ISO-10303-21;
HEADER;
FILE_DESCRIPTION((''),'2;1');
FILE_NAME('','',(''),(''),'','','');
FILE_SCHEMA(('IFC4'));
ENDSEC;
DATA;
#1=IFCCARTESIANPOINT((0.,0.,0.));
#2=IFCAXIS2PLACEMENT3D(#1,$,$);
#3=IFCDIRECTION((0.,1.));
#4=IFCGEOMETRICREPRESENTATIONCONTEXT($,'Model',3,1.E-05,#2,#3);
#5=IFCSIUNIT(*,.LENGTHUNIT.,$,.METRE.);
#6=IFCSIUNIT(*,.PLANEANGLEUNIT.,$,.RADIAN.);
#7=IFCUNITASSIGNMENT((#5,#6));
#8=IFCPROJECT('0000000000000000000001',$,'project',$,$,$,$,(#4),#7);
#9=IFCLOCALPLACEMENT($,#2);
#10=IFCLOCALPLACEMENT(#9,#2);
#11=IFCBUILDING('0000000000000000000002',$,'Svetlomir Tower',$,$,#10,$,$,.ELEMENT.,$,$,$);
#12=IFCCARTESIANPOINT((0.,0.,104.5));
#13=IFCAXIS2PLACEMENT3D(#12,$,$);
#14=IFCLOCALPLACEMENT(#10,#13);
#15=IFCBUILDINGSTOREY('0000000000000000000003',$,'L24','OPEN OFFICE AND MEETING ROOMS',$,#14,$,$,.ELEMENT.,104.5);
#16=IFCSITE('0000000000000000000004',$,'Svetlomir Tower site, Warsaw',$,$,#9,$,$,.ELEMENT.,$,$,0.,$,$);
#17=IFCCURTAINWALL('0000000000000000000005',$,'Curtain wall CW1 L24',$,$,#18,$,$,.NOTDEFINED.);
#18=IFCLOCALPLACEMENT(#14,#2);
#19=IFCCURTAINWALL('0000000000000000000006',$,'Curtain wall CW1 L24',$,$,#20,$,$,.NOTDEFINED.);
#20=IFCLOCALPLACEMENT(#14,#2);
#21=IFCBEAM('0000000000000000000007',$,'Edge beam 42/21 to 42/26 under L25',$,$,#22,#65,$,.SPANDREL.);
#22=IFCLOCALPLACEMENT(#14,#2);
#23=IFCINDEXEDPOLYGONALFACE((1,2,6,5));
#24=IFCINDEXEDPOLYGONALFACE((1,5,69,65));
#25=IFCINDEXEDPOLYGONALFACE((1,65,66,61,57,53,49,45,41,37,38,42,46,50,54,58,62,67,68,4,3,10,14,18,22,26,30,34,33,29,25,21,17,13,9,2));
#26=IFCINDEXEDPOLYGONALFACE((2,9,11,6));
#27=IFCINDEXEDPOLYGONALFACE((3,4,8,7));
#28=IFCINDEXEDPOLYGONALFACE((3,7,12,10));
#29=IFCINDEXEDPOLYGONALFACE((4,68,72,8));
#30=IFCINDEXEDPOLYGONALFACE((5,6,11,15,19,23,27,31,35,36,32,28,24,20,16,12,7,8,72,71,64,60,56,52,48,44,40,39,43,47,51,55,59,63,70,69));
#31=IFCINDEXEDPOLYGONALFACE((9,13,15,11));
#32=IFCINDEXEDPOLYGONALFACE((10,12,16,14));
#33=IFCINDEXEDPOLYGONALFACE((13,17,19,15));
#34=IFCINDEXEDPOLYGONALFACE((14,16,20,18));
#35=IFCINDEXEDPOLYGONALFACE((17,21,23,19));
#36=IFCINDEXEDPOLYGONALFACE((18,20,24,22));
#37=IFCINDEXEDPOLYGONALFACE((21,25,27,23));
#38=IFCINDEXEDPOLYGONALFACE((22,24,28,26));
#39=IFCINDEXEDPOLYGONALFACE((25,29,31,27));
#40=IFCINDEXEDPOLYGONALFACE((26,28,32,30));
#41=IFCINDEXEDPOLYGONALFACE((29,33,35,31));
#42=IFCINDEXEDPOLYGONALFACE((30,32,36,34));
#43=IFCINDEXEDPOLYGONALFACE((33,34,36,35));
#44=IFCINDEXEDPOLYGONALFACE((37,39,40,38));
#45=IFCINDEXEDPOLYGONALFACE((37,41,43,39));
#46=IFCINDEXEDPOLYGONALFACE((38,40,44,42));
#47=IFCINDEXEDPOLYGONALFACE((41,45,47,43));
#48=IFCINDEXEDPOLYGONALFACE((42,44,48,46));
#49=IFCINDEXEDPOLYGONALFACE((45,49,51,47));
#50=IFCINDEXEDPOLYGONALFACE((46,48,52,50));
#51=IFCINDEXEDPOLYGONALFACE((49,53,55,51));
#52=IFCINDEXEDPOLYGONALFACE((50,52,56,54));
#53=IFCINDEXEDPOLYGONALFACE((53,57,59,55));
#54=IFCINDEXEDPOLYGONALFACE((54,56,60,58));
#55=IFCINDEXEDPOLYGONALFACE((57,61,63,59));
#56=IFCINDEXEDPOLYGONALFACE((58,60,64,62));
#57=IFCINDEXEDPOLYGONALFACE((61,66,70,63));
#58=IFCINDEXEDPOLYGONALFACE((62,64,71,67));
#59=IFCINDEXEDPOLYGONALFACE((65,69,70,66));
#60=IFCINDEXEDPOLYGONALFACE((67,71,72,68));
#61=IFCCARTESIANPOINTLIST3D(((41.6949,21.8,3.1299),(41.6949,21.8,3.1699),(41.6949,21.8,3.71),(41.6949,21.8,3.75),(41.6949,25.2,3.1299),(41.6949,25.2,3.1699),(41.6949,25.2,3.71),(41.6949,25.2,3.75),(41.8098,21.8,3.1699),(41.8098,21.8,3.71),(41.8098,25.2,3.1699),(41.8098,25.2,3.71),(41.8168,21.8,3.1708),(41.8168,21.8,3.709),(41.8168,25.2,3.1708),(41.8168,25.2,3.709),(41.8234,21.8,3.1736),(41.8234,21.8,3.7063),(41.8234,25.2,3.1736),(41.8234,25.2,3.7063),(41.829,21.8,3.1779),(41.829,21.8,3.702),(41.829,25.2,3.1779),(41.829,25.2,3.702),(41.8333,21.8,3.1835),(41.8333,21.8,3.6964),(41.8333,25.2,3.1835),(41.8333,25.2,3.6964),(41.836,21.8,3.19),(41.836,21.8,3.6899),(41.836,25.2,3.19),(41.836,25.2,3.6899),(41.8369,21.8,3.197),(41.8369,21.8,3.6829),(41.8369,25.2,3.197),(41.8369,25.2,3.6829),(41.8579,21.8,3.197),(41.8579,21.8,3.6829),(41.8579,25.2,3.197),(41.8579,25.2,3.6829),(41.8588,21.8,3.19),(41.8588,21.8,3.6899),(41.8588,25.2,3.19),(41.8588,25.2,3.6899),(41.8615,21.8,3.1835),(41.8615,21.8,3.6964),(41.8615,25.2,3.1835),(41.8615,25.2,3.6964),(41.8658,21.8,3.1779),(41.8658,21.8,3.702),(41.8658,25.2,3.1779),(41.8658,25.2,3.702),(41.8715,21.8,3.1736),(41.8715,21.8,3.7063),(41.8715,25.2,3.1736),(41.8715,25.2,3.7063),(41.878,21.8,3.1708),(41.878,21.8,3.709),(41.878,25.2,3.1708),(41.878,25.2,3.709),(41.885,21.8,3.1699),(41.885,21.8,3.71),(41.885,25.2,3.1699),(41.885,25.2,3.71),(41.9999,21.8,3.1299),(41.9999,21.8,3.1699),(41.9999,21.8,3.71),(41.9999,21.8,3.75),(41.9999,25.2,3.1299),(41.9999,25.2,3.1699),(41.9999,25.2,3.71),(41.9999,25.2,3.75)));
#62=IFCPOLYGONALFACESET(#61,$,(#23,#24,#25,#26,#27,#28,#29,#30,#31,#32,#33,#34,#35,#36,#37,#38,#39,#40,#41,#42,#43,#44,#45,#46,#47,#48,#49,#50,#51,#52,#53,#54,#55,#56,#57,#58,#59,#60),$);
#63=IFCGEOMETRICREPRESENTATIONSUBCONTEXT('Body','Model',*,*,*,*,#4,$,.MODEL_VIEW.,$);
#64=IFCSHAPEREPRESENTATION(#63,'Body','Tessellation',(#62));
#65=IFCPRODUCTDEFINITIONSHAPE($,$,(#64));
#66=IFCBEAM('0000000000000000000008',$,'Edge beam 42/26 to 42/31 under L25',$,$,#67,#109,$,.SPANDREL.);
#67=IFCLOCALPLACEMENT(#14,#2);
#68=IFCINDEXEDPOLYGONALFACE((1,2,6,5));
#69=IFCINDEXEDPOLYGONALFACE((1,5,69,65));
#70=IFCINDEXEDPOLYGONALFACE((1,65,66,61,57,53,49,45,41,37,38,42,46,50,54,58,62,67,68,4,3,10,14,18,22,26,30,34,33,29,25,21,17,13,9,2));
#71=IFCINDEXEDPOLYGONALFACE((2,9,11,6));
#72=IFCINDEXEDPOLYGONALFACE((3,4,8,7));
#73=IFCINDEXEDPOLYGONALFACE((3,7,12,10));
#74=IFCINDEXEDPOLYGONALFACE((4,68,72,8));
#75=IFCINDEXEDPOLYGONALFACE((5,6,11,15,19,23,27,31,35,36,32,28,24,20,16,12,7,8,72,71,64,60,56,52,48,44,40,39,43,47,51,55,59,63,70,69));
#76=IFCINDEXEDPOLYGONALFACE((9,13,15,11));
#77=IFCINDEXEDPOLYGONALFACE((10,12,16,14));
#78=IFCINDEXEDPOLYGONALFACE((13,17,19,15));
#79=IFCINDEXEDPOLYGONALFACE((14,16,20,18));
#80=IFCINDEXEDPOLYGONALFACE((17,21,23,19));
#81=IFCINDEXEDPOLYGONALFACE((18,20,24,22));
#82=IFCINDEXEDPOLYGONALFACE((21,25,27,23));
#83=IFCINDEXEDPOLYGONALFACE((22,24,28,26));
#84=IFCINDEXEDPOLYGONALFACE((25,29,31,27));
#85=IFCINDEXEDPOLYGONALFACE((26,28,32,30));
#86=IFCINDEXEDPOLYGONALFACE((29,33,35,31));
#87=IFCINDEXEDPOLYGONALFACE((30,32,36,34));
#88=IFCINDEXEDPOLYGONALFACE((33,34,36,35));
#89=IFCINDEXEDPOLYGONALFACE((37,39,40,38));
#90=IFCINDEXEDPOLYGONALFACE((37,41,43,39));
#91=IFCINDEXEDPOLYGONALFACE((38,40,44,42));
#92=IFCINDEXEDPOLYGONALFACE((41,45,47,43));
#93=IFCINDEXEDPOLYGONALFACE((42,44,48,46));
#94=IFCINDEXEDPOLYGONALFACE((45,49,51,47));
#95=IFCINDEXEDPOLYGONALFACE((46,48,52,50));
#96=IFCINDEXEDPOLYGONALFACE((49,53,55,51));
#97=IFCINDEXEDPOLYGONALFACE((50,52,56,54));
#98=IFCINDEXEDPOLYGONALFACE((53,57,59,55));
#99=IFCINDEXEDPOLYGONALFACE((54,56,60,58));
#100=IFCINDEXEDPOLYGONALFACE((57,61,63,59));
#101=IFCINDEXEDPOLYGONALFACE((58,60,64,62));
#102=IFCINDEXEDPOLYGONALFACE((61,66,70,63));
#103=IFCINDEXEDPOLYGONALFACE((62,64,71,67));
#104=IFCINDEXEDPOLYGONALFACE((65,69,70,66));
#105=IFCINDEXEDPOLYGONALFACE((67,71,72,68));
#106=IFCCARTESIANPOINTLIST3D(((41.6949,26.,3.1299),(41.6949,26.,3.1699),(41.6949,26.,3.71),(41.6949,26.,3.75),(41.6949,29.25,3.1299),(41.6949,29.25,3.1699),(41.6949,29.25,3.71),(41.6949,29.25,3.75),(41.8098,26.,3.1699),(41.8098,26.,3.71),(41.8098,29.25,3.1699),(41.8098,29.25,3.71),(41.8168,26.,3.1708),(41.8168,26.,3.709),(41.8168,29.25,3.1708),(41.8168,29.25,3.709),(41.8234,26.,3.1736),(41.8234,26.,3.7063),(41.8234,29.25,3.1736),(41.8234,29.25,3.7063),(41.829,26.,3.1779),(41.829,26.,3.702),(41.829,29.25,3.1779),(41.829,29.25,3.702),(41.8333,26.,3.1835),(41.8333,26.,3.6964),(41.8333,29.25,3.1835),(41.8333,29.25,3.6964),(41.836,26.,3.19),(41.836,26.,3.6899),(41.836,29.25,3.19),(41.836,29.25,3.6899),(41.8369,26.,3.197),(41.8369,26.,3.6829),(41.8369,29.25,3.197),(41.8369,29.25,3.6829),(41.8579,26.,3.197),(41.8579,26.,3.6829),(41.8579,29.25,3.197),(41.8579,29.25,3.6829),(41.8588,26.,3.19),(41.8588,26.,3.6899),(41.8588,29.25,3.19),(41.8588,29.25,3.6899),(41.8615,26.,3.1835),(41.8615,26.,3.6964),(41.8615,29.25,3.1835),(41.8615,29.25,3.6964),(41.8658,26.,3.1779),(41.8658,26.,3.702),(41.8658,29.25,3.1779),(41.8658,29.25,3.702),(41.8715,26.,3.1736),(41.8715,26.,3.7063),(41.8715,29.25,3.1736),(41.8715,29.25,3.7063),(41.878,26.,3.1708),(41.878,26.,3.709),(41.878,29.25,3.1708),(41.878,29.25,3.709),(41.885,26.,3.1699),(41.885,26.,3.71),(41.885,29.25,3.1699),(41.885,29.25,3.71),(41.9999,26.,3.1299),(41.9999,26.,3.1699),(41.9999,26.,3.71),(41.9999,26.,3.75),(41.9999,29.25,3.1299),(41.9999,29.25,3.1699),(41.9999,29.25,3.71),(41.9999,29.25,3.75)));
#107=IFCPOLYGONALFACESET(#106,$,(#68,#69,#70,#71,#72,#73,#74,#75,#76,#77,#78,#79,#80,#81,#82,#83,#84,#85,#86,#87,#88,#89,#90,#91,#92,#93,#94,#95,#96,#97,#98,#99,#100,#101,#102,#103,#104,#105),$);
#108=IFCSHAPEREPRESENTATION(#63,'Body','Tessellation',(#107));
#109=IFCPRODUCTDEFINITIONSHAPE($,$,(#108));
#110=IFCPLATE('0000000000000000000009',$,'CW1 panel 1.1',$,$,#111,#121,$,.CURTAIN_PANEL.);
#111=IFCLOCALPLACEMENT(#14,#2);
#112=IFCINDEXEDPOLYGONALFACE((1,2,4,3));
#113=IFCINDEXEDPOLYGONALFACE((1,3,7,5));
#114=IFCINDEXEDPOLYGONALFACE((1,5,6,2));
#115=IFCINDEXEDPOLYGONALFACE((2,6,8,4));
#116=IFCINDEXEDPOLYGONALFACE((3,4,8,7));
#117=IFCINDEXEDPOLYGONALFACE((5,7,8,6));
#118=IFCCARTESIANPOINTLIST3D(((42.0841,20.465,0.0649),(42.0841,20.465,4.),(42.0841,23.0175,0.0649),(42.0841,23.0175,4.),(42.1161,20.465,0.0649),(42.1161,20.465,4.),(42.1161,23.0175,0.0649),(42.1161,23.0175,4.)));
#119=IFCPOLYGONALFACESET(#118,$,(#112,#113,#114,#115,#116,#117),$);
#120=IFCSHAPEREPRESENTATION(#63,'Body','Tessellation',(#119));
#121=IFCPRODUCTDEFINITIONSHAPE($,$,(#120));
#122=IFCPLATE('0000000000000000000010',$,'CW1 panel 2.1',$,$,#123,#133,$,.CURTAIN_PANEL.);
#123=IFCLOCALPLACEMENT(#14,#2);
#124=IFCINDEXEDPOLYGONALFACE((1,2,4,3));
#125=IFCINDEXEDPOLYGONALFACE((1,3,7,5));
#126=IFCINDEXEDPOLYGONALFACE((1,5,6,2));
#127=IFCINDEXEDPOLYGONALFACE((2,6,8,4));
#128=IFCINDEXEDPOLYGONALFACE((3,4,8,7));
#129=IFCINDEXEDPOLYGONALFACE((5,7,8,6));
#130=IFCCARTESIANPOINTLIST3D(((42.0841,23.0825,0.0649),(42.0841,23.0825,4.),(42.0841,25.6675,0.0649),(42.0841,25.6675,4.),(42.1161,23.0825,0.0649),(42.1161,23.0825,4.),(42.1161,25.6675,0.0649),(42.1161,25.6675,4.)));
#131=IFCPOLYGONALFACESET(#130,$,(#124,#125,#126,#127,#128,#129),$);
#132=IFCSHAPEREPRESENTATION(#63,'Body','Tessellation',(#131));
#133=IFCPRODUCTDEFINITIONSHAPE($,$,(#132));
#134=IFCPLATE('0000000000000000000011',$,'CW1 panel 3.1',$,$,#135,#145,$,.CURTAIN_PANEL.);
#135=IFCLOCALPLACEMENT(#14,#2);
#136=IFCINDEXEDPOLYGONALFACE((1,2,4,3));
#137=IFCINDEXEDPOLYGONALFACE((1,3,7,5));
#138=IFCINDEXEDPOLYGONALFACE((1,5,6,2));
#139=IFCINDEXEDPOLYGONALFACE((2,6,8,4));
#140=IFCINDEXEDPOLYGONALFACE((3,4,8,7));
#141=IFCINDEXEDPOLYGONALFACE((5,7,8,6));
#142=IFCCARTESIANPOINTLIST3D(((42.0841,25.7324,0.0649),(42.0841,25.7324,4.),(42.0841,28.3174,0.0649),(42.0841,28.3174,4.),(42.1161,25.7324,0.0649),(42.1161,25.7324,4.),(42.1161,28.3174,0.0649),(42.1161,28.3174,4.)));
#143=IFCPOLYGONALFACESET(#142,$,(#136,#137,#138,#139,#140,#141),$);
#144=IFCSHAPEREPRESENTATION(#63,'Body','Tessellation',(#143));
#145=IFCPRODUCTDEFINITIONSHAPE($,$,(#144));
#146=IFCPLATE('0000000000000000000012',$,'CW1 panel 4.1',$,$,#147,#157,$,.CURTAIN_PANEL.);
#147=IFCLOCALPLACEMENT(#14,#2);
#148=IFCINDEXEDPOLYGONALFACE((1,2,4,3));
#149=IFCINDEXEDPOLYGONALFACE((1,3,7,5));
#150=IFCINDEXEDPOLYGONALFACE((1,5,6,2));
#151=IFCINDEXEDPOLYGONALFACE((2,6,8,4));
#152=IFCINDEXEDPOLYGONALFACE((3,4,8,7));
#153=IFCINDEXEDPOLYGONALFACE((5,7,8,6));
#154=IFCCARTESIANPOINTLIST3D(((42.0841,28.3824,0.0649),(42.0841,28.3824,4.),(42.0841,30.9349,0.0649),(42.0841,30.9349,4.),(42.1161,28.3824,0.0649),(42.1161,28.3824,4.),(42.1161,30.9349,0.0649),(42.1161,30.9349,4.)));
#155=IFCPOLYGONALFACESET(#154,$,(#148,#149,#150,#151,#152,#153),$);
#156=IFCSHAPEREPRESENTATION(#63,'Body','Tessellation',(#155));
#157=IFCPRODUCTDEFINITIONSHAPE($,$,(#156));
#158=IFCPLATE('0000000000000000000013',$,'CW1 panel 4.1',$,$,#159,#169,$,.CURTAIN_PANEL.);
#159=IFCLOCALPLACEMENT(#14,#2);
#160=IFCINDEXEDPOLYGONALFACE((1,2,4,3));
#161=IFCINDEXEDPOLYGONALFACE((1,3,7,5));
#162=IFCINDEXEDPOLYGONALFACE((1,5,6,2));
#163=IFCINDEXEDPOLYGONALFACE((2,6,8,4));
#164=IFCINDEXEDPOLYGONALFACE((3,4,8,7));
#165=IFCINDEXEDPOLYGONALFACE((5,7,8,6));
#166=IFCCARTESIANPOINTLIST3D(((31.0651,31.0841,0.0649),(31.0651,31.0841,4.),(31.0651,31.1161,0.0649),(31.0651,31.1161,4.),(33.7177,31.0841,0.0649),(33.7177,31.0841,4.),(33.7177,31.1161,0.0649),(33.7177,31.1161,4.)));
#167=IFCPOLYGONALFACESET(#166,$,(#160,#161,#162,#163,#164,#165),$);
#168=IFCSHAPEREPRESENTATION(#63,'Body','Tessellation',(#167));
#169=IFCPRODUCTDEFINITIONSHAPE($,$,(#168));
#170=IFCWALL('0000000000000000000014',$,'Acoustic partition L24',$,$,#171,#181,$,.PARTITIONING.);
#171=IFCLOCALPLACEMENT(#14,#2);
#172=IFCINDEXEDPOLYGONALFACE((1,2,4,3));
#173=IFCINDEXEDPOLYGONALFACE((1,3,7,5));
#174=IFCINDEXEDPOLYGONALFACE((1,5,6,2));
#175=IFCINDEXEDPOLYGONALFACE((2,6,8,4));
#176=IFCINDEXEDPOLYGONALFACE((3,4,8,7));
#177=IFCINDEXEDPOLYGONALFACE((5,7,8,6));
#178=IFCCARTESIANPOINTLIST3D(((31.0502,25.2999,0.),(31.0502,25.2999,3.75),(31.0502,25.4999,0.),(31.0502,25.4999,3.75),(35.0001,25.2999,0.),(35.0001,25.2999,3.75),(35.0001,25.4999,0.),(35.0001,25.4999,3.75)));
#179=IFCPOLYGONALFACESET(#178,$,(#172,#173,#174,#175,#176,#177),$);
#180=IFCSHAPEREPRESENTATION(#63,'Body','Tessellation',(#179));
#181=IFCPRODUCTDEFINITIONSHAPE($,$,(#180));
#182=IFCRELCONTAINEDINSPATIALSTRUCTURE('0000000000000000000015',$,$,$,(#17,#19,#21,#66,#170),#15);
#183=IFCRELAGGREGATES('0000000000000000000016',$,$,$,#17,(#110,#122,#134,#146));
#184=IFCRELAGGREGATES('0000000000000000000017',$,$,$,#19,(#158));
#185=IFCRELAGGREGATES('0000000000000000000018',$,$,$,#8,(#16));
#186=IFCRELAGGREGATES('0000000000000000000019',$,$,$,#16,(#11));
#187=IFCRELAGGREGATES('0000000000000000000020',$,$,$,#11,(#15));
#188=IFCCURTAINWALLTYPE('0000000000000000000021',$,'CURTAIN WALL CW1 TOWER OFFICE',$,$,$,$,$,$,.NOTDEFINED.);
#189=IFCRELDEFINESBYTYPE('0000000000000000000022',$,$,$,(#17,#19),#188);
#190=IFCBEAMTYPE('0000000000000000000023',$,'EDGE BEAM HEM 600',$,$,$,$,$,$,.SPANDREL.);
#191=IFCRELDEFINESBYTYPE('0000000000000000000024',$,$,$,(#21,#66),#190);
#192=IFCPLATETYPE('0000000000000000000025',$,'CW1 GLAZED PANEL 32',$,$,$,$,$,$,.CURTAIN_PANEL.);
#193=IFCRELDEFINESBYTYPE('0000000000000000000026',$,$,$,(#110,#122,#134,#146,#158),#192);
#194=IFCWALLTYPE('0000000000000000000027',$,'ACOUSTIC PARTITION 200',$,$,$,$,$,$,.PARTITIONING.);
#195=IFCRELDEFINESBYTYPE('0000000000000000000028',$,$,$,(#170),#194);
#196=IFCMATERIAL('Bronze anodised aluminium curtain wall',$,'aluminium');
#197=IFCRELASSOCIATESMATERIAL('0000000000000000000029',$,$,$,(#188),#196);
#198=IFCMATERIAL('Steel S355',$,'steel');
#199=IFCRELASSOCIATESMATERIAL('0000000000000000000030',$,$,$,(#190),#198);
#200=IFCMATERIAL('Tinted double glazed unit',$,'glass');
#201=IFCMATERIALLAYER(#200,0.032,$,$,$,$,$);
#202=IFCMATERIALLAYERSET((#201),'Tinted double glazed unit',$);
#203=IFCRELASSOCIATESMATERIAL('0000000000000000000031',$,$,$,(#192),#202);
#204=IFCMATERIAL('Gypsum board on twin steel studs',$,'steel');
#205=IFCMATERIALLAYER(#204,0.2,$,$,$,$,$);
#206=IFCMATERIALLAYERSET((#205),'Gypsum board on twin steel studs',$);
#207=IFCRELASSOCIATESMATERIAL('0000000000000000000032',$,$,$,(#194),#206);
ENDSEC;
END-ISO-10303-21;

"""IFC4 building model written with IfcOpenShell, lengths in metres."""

from ifc_helpers import new_model, si_unit, direction, frame, frame_2d, origin, origin_2d, place, context, subcontext, project, spatial, rectangle, i_section, extrude, material, layer, layer_set, material_profile, profile_set, type_object, element, aggregate, save


model = new_model("IFC4")

# Units and contexts
model_context = context("Model", 3, precision=1e-05, world=origin(), true_north=direction((0.0, 1.0)))
body_context = subcontext(model_context, "Body", "Model", "MODEL_VIEW")
ifc_project = project(units=[si_unit("LENGTHUNIT", "METRE"), si_unit("PLANEANGLEUNIT", "RADIAN")], contexts=[model_context])

# Site, building, storey
site_placement = place(None, origin())
site = spatial("IfcSite", under=ifc_project, at=site_placement, Name="Svetlomir Tower site, Warsaw", CompositionType="ELEMENT", RefElevation=0.0)
building_placement = place(site_placement, origin())
building = spatial("IfcBuilding", under=site, at=building_placement, Name="Svetlomir Tower", CompositionType="ELEMENT")
storey_placement = place(building_placement, frame((0.0, 0.0, 104.5)))
storey = spatial("IfcBuildingStorey", under=building, at=storey_placement, Name="L24", Description="OPEN OFFICE AND MEETING ROOMS", CompositionType="ELEMENT", Elevation=104.5)

# Curtain wall
ifc_material_1 = material(Name="Bronze anodised aluminium curtain wall", Category="aluminium")
curtain_wall_type = type_object("IfcCurtainWallType", Name="CURTAIN WALL CW1 TOWER OFFICE", PredefinedType="NOTDEFINED", material=ifc_material_1)
curtain_wall_1_placement = place(storey_placement, origin())
curtain_wall_1 = element("IfcCurtainWall", 1, at=curtain_wall_1_placement, inside=storey, type_object=curtain_wall_type, Name="Curtain wall CW1 L24", PredefinedType="NOTDEFINED")

# Curtain wall
curtain_wall_2_placement = place(storey_placement, origin())
curtain_wall_2 = element("IfcCurtainWall", 2, at=curtain_wall_2_placement, inside=storey, type_object=curtain_wall_type, Name="Curtain wall CW1 L24", PredefinedType="NOTDEFINED")

# Beams
ifc_material_2 = material(Name="Steel S355", Category="steel")
ifc_material_profile_1 = material_profile(ifc_material_2, i_section(OverallWidth=0.3049, OverallDepth=0.6201, WebThickness=0.021, FlangeThickness=0.04, FilletRadius=0.0271, at=origin_2d()), Name="HEM 600")
ifc_profile_set_1 = profile_set([ifc_material_profile_1], Name="Steel S355")
beam_type = type_object("IfcBeamType", Name="EDGE BEAM HEM 600", PredefinedType="SPANDREL", material=ifc_profile_set_1)
beam_1_placement = place(storey_placement, frame((41.8474, 21.8, 3.4399), z_axis=(0.0, 1.0, 0.0), x_axis=(-1.0, 0.0, 0.0)))
element("IfcBeam", 3, at=beam_1_placement, inside=storey, type_object=beam_type, Name="Edge beam 42/21 to 42/26 under L25", PredefinedType="SPANDREL", context=body_context, shape_type="SweptSolid", body=[
    extrude(i_section(OverallWidth=0.3049, OverallDepth=0.6201, WebThickness=0.021, FlangeThickness=0.04, FilletRadius=0.0271, at=origin_2d()), origin(), (0.0, 0.0, 1.0), 3.3999),
])
beam_2_placement = place(storey_placement, frame((41.8474, 26.0, 3.4399), z_axis=(0.0, 1.0, 0.0), x_axis=(-1.0, 0.0, 0.0)))
element("IfcBeam", 4, at=beam_2_placement, inside=storey, type_object=beam_type, Name="Edge beam 42/26 to 42/31 under L25", PredefinedType="SPANDREL", context=body_context, shape_type="SweptSolid", body=[
    extrude(i_section(OverallWidth=0.3049, OverallDepth=0.6201, WebThickness=0.021, FlangeThickness=0.04, FilletRadius=0.0271, at=origin_2d()), origin(), (0.0, 0.0, 1.0), 3.25),
])

# Plates
ifc_material_3 = material(Name="Tinted double glazed unit", Category="glass")
ifc_layer_1 = layer(ifc_material_3, 0.032)
ifc_layer_set_1 = layer_set([ifc_layer_1], Name="Tinted double glazed unit")
plate_type = type_object("IfcPlateType", Name="CW1 GLAZED PANEL 32", PredefinedType="CURTAIN_PANEL", material=ifc_layer_set_1)
plate_1_placement = place(storey_placement, frame((42.1001, 21.7412, 0.0649), z_axis=(0.0, 0.0, 1.0), x_axis=(0.0, 1.0, 0.0)))
plate_1 = element("IfcPlate", 5, at=plate_1_placement, type_object=plate_type, Name="CW1 panel 1.1", PredefinedType="CURTAIN_PANEL", context=body_context, shape_type="SweptSolid", body=[
    extrude(rectangle(XDim=2.5525, YDim=0.032, at=origin_2d()), origin(), (0.0, 0.0, 1.0), 3.9351),
])
plate_2_placement = place(storey_placement, frame((42.1001, 24.375, 0.0649), z_axis=(0.0, 0.0, 1.0), x_axis=(0.0, 1.0, 0.0)))
plate_2 = element("IfcPlate", 6, at=plate_2_placement, type_object=plate_type, Name="CW1 panel 2.1", PredefinedType="CURTAIN_PANEL", context=body_context, shape_type="SweptSolid", body=[
    extrude(rectangle(XDim=2.585, YDim=0.032, at=origin_2d()), origin(), (0.0, 0.0, 1.0), 3.9351),
])
plate_3_placement = place(storey_placement, frame((42.1001, 27.0249, 0.0649), z_axis=(0.0, 0.0, 1.0), x_axis=(0.0, 1.0, 0.0)))
plate_3 = element("IfcPlate", 7, at=plate_3_placement, type_object=plate_type, Name="CW1 panel 3.1", PredefinedType="CURTAIN_PANEL", context=body_context, shape_type="SweptSolid", body=[
    extrude(rectangle(XDim=2.585, YDim=0.032, at=origin_2d()), origin(), (0.0, 0.0, 1.0), 3.9351),
])
plate_4_placement = place(storey_placement, frame((42.1001, 29.6587, 0.0649), z_axis=(0.0, 0.0, 1.0), x_axis=(0.0, 1.0, 0.0)))
plate_4 = element("IfcPlate", 8, at=plate_4_placement, type_object=plate_type, Name="CW1 panel 4.1", PredefinedType="CURTAIN_PANEL", context=body_context, shape_type="SweptSolid", body=[
    extrude(rectangle(XDim=2.5525, YDim=0.032, at=origin_2d()), origin(), (0.0, 0.0, 1.0), 3.9351),
])
aggregate(curtain_wall_1, [plate_1, plate_2, plate_3, plate_4])
plate_5_placement = place(storey_placement, frame((32.3914, 31.1001, 0.0649), z_axis=(0.0, 0.0, 1.0), x_axis=(-1.0, 0.0, 0.0)))
plate_5 = element("IfcPlate", 9, at=plate_5_placement, type_object=plate_type, Name="CW1 panel 4.1", PredefinedType="CURTAIN_PANEL", context=body_context, shape_type="SweptSolid", body=[
    extrude(rectangle(XDim=2.6526, YDim=0.032, at=origin_2d()), origin(), (0.0, 0.0, 1.0), 3.9351),
])
aggregate(curtain_wall_2, [plate_5])

# Wall
ifc_material_4 = material(Name="Gypsum board on twin steel studs", Category="steel")
ifc_layer_2 = layer(ifc_material_4, 0.2)
ifc_layer_set_2 = layer_set([ifc_layer_2], Name="Gypsum board on twin steel studs")
wall_type_1 = type_object("IfcWallType", Name="ACOUSTIC PARTITION 200", PredefinedType="PARTITIONING", material=ifc_layer_set_2)
wall_1_placement = place(storey_placement, frame((31.05, 25.3999, 0.0), z_axis=(0.0, 0.0, 1.0), x_axis=(1.0, 0.0, 0.0)))
element("IfcWall", 10, at=wall_1_placement, inside=storey, type_object=wall_type_1, Name="Acoustic partition L24", PredefinedType="PARTITIONING", context=body_context, shape_type="SweptSolid", body=[
    extrude(rectangle(XDim=3.95, YDim=0.2, at=frame_2d((1.9751, 0.0))), origin(), (0.0, 0.0, 1.0), 3.75),
])

save(model, "model.ifc")
